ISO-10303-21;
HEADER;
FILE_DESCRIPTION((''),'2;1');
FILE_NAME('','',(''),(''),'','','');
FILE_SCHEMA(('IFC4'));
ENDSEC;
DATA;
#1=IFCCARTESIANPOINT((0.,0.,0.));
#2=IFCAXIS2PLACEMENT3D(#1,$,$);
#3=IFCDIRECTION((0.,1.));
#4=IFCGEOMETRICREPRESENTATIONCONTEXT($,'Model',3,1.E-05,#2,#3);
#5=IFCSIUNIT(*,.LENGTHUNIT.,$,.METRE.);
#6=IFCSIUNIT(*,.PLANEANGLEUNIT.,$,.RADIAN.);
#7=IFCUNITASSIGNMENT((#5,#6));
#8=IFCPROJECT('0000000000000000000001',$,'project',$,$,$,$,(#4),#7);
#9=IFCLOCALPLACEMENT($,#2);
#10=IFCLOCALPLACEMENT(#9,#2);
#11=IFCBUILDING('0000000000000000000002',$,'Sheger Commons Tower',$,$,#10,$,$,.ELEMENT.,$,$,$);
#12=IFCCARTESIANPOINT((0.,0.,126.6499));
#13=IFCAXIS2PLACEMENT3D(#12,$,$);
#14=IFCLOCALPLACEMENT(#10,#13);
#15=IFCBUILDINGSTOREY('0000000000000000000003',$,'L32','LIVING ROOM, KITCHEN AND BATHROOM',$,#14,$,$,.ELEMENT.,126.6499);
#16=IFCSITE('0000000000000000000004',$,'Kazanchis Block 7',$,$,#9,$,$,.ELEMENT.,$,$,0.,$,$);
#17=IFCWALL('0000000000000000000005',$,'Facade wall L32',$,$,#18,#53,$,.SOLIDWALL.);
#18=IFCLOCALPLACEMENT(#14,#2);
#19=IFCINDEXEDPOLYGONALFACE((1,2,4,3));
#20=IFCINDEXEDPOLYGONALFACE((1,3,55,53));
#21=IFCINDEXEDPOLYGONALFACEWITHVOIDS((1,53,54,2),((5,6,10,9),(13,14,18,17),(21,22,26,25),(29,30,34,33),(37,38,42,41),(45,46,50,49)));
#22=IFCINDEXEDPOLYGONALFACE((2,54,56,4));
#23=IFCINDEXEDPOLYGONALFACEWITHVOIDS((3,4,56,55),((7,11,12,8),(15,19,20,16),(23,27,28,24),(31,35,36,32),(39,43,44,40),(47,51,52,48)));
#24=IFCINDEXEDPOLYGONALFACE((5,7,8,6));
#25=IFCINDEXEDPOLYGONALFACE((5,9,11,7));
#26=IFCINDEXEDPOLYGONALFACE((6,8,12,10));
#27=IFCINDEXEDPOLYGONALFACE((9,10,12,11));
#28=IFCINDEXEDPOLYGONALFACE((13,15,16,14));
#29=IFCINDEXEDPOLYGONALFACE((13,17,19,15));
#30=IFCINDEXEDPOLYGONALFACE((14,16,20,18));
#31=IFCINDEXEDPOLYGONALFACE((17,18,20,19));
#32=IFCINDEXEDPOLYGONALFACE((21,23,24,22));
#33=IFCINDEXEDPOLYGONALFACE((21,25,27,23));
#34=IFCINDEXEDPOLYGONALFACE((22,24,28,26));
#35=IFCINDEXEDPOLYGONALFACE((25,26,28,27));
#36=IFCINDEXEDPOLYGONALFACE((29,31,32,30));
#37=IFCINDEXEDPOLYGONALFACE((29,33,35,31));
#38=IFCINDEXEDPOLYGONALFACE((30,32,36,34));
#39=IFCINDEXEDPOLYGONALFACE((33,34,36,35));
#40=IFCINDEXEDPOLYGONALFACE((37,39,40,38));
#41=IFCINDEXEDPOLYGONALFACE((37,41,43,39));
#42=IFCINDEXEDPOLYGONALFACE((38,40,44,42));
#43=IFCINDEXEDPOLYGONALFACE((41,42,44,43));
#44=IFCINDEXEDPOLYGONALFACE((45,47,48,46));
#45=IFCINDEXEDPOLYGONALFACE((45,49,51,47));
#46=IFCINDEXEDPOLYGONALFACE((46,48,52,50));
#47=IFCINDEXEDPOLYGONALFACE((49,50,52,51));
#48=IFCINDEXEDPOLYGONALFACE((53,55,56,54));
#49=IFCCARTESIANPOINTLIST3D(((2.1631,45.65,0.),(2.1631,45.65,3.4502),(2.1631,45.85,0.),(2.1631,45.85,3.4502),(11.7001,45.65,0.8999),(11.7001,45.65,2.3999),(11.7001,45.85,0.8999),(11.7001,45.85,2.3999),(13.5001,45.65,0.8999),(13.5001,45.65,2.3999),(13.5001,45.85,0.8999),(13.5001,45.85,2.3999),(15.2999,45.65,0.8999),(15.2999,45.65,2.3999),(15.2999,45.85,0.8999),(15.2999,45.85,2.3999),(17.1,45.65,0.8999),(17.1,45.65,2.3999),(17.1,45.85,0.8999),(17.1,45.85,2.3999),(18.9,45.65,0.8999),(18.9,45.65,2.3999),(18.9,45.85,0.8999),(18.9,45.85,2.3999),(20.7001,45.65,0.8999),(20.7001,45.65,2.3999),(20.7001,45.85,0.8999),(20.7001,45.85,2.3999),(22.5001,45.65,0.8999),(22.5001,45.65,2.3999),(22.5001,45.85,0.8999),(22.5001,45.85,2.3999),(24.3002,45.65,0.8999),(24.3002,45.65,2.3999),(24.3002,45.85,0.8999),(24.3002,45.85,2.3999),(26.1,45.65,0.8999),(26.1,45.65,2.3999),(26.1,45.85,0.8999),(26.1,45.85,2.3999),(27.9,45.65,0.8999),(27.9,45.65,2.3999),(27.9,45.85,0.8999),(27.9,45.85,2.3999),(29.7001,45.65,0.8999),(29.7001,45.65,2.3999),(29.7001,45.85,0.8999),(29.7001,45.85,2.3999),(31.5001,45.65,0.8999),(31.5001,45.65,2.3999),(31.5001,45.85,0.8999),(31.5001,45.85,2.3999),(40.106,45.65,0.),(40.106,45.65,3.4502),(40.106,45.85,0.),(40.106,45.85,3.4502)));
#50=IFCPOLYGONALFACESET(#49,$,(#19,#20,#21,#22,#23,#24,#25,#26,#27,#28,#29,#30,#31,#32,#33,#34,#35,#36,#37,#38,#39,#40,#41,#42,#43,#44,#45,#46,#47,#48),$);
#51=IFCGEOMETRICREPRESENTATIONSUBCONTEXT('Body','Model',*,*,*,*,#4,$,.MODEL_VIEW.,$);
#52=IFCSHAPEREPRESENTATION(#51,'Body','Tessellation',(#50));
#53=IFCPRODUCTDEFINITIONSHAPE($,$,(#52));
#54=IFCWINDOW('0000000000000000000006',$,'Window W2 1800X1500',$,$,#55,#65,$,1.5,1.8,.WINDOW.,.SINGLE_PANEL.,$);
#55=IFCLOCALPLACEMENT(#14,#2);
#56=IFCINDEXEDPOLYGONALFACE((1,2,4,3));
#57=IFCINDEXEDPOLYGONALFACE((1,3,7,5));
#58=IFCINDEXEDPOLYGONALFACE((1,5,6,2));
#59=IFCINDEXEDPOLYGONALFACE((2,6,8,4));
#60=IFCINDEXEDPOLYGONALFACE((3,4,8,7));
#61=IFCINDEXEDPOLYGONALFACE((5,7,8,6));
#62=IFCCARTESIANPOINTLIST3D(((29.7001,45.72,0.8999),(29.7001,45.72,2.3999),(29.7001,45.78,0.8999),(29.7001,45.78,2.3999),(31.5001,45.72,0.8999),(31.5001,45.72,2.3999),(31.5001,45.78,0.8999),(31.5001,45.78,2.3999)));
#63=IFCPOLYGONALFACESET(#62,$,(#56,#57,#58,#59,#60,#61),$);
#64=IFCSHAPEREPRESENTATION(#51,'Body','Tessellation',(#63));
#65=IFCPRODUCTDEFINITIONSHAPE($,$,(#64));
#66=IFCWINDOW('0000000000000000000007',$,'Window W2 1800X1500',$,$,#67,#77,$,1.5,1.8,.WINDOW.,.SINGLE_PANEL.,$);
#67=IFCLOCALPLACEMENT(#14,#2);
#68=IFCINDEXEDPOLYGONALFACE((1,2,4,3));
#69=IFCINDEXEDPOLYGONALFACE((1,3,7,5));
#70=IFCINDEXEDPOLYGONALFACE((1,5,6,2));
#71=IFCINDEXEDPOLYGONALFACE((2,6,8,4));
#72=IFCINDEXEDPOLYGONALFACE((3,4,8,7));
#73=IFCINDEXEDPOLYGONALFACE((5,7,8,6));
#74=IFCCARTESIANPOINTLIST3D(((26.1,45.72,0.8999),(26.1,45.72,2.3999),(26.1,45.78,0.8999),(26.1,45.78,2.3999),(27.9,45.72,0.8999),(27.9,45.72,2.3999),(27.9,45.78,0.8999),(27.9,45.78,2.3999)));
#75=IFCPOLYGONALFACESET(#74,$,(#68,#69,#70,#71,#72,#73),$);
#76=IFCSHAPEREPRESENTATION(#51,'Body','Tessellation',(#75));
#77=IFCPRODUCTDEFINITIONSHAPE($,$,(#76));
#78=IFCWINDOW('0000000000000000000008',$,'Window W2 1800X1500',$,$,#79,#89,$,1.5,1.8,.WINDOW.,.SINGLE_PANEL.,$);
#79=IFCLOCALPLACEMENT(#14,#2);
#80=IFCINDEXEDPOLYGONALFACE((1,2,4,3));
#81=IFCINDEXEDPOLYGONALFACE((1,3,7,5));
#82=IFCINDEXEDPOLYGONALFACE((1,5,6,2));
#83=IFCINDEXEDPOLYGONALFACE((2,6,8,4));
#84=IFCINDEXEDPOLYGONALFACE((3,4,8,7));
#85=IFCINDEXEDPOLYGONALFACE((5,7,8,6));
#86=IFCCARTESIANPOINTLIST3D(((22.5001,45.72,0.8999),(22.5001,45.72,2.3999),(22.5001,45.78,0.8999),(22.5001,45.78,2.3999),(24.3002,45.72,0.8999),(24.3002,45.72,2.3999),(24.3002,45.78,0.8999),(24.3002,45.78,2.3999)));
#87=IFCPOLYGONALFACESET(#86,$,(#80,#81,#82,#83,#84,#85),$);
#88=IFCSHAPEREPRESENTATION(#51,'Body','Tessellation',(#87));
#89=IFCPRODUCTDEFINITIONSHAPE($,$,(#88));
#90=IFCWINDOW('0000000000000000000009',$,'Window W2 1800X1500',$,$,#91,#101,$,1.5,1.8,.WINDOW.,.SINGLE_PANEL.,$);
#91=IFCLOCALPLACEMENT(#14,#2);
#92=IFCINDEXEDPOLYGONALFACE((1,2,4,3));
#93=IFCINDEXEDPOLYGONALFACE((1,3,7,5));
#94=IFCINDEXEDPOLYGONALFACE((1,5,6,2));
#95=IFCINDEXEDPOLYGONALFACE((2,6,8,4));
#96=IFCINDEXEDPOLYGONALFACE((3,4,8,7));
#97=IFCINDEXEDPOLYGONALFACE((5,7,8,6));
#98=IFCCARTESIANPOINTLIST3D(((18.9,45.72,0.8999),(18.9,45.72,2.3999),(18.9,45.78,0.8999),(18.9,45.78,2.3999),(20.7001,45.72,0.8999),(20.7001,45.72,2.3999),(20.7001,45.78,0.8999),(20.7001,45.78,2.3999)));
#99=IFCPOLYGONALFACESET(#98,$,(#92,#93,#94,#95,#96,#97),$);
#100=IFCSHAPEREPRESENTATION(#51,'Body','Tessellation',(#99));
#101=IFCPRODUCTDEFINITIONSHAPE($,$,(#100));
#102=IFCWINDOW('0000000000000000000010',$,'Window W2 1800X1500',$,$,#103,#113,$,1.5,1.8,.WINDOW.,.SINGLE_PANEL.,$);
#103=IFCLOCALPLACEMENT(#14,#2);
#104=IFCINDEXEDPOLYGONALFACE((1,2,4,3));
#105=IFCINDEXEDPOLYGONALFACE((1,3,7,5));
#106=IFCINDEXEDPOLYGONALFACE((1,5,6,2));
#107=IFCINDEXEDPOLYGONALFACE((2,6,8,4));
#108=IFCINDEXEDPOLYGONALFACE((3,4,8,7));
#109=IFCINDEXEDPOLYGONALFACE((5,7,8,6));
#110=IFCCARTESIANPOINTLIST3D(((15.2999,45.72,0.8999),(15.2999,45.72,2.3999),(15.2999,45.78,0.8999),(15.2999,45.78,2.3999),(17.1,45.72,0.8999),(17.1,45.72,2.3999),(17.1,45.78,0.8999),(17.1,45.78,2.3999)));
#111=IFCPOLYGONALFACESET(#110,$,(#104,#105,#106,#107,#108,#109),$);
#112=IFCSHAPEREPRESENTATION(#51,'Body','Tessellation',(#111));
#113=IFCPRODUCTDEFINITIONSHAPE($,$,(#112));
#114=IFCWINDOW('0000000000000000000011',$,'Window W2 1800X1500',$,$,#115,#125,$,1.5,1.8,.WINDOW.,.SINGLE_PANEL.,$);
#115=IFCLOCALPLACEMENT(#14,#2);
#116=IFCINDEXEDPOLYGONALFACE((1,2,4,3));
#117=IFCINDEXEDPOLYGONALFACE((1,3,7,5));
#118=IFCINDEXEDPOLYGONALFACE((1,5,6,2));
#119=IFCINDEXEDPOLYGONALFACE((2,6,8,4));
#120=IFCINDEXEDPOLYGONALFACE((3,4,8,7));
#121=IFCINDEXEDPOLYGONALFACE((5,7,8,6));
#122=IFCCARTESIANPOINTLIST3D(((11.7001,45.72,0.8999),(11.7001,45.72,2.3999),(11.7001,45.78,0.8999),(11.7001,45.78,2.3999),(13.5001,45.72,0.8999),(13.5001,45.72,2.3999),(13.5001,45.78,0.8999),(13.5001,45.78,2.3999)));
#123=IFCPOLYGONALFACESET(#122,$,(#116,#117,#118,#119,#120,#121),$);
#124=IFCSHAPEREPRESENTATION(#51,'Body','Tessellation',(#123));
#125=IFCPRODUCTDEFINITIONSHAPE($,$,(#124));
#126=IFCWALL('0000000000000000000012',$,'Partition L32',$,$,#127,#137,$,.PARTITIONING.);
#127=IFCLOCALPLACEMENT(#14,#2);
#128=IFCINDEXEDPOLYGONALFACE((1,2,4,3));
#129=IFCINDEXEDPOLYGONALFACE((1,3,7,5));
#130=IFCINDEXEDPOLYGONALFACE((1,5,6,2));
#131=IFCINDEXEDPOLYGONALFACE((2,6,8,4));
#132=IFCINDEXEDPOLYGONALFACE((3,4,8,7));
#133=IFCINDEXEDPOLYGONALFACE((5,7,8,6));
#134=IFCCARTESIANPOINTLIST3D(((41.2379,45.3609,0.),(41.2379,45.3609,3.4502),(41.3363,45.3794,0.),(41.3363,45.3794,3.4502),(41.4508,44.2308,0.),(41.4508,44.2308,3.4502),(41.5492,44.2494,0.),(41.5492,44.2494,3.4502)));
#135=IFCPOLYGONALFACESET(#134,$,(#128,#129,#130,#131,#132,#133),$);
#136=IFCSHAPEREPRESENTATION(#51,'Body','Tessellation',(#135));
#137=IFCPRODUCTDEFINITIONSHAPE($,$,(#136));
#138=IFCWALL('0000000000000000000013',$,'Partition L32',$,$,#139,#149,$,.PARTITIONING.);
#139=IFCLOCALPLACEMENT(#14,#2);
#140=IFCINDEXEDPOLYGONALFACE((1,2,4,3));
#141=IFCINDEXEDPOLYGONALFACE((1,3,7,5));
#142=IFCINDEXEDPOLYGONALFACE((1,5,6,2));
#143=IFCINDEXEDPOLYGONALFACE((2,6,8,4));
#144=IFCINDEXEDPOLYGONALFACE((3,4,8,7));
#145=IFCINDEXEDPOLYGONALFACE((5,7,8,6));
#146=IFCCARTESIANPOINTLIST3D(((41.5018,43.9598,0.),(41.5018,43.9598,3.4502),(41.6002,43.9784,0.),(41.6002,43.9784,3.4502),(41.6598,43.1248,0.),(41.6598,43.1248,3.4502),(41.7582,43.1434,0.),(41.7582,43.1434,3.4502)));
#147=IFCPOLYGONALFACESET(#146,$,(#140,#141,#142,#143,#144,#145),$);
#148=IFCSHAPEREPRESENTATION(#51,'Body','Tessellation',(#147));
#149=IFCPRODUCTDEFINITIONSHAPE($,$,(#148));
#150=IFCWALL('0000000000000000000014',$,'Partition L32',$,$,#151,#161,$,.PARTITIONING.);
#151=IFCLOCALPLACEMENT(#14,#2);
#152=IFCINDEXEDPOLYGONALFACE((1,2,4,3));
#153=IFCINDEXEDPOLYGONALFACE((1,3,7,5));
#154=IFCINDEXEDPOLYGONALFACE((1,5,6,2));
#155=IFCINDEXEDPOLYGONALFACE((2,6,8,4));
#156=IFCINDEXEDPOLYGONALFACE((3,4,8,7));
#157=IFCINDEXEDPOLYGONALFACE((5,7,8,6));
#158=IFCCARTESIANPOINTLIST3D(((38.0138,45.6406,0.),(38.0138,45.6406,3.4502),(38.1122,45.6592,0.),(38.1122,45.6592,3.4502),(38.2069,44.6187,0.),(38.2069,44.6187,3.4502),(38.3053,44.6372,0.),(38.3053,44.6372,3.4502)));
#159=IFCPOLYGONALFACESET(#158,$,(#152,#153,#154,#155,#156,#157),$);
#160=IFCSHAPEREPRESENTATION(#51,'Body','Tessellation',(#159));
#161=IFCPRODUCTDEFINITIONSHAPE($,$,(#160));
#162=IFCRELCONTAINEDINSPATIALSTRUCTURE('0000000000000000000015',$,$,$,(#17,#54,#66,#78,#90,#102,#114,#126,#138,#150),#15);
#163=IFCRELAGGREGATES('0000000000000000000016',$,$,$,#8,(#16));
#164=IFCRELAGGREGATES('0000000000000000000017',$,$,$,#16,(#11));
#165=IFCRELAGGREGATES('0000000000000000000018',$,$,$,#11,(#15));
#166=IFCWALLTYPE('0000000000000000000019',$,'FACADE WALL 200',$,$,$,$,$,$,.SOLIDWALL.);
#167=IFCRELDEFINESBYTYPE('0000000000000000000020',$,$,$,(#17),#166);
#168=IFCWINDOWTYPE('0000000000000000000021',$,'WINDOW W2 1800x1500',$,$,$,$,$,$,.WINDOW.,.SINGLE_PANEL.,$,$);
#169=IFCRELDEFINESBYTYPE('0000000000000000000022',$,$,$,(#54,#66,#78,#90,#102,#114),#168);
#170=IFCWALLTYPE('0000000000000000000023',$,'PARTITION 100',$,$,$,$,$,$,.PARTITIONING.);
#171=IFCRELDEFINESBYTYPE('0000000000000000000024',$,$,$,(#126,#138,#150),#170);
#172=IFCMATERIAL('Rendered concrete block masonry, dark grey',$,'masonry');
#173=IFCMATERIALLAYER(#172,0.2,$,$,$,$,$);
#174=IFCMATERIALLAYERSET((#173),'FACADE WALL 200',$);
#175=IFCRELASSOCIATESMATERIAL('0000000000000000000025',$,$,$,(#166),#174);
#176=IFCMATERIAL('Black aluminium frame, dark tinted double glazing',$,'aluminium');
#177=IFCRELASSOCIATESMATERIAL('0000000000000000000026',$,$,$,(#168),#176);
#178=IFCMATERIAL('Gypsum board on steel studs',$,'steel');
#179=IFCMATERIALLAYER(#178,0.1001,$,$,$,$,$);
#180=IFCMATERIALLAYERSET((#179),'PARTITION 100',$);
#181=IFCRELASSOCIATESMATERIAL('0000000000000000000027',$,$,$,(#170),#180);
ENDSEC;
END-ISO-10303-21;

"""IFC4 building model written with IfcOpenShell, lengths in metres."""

from ifc_helpers import new_model, si_unit, direction, frame, frame_2d, origin, place, context, subcontext, project, spatial, rectangle, extrude, material, layer, layer_set, type_object, element, fill, save


model = new_model("IFC4")

# Units and contexts
model_context = context("Model", 3, precision=1e-05, world=origin(), true_north=direction((0.0, 1.0)))
body_context = subcontext(model_context, "Body", "Model", "MODEL_VIEW")
ifc_project = project(units=[si_unit("LENGTHUNIT", "METRE"), si_unit("PLANEANGLEUNIT", "RADIAN")], contexts=[model_context])

# Site, building, storey
site_placement = place(None, origin())
site = spatial("IfcSite", under=ifc_project, at=site_placement, Name="Kazanchis Block 7", CompositionType="ELEMENT", RefElevation=0.0)
building_placement = place(site_placement, origin())
building = spatial("IfcBuilding", under=site, at=building_placement, Name="Sheger Commons Tower", CompositionType="ELEMENT")
storey_placement = place(building_placement, frame((0.0, 0.0, 126.6499)))
storey = spatial("IfcBuildingStorey", under=building, at=storey_placement, Name="L32", Description="LIVING ROOM, KITCHEN AND BATHROOM", CompositionType="ELEMENT", Elevation=126.6499)

# Shared definitions
ifc_material_1 = material(Name="Rendered concrete block masonry, dark grey", Category="masonry")
ifc_layer_1 = layer(ifc_material_1, 0.2)
ifc_layer_set_1 = layer_set([ifc_layer_1], Name="FACADE WALL 200")
wall_type_1 = type_object("IfcWallType", Name="FACADE WALL 200", PredefinedType="SOLIDWALL", material=ifc_layer_set_1)

# Wall, openings, windows
wall_1_placement = place(storey_placement, frame((40.106, 45.75, 0.0), z_axis=(0.0, 0.0, 1.0), x_axis=(-1.0, 0.0, 0.0)))
wall_1 = element("IfcWall", 1, at=wall_1_placement, inside=storey, type_object=wall_type_1, Name="Facade wall L32", PredefinedType="SOLIDWALL", context=body_context, shape_type="SweptSolid", body=[
    extrude(rectangle(XDim=37.9429, YDim=0.2, at=frame_2d((18.9714, 0.0))), origin(), (0.0, 0.0, 1.0), 3.4502),
])
opening_1_placement = place(wall_1_placement, frame((8.606, 0.0, 0.8999)))
opening_1 = element("IfcOpeningElement", 2, at=opening_1_placement, cuts=wall_1, PredefinedType="OPENING", context=body_context, shape_type="SweptSolid", body=[
    extrude(rectangle(XDim=1.8, YDim=1.5, at=frame_2d((0.8999, 0.75))), frame((0.0, 0.1099, 0.0), z_axis=(0.0, -1.0, 0.0), x_axis=(1.0, 0.0, 0.0)), (0.0, 0.0, 1.0), 0.22),
])
opening_2_placement = place(wall_1_placement, frame((12.2061, 0.0, 0.8999)))
opening_2 = element("IfcOpeningElement", 3, at=opening_2_placement, cuts=wall_1, PredefinedType="OPENING", context=body_context, shape_type="SweptSolid", body=[
    extrude(rectangle(XDim=1.8, YDim=1.5, at=frame_2d((0.8999, 0.75))), frame((0.0, 0.1099, 0.0), z_axis=(0.0, -1.0, 0.0), x_axis=(1.0, 0.0, 0.0)), (0.0, 0.0, 1.0), 0.22),
])
opening_3_placement = place(wall_1_placement, frame((15.8059, 0.0, 0.8999)))
opening_3 = element("IfcOpeningElement", 4, at=opening_3_placement, cuts=wall_1, PredefinedType="OPENING", context=body_context, shape_type="SweptSolid", body=[
    extrude(rectangle(XDim=1.8, YDim=1.5, at=frame_2d((0.8999, 0.75))), frame((0.0, 0.1099, 0.0), z_axis=(0.0, -1.0, 0.0), x_axis=(1.0, 0.0, 0.0)), (0.0, 0.0, 1.0), 0.22),
])
opening_4_placement = place(wall_1_placement, frame((19.406, 0.0, 0.8999)))
opening_4 = element("IfcOpeningElement", 5, at=opening_4_placement, cuts=wall_1, PredefinedType="OPENING", context=body_context, shape_type="SweptSolid", body=[
    extrude(rectangle(XDim=1.8, YDim=1.5, at=frame_2d((0.8999, 0.75))), frame((0.0, 0.1099, 0.0), z_axis=(0.0, -1.0, 0.0), x_axis=(1.0, 0.0, 0.0)), (0.0, 0.0, 1.0), 0.22),
])
opening_5_placement = place(wall_1_placement, frame((23.0061, 0.0, 0.8999)))
opening_5 = element("IfcOpeningElement", 6, at=opening_5_placement, cuts=wall_1, PredefinedType="OPENING", context=body_context, shape_type="SweptSolid", body=[
    extrude(rectangle(XDim=1.8, YDim=1.5, at=frame_2d((0.8999, 0.75))), frame((0.0, 0.1099, 0.0), z_axis=(0.0, -1.0, 0.0), x_axis=(1.0, 0.0, 0.0)), (0.0, 0.0, 1.0), 0.22),
])
opening_6_placement = place(wall_1_placement, frame((26.606, 0.0, 0.8999)))
opening_6 = element("IfcOpeningElement", 7, at=opening_6_placement, cuts=wall_1, PredefinedType="OPENING", context=body_context, shape_type="SweptSolid", body=[
    extrude(rectangle(XDim=1.8, YDim=1.5, at=frame_2d((0.8999, 0.75))), frame((0.0, 0.1099, 0.0), z_axis=(0.0, -1.0, 0.0), x_axis=(1.0, 0.0, 0.0)), (0.0, 0.0, 1.0), 0.22),
])
ifc_material_2 = material(Name="Black aluminium frame, dark tinted double glazing", Category="aluminium")
window_type = type_object("IfcWindowType", Name="WINDOW W2 1800x1500", PartitioningType="SINGLE_PANEL", PredefinedType="WINDOW", material=ifc_material_2)
window_1_placement = place(opening_1_placement, origin())
window_1 = element("IfcWindow", 8, at=window_1_placement, inside=storey, type_object=window_type, Name="Window W2 1800X1500", OverallHeight=1.5, OverallWidth=1.8, PartitioningType="SINGLE_PANEL", PredefinedType="WINDOW", context=body_context, shape_type="SweptSolid", body=[
    extrude(rectangle(XDim=1.8, YDim=1.5, at=frame_2d((0.8999, 0.75))), frame((0.0, 0.03, 0.0), z_axis=(0.0, -1.0, 0.0), x_axis=(1.0, 0.0, 0.0)), (0.0, 0.0, 1.0), 0.0601),
])
fill(opening_1, window_1)
window_2_placement = place(opening_2_placement, origin())
window_2 = element("IfcWindow", 9, at=window_2_placement, inside=storey, type_object=window_type, Name="Window W2 1800X1500", OverallHeight=1.5, OverallWidth=1.8, PartitioningType="SINGLE_PANEL", PredefinedType="WINDOW", context=body_context, shape_type="SweptSolid", body=[
    extrude(rectangle(XDim=1.8, YDim=1.5, at=frame_2d((0.8999, 0.75))), frame((0.0, 0.03, 0.0), z_axis=(0.0, -1.0, 0.0), x_axis=(1.0, 0.0, 0.0)), (0.0, 0.0, 1.0), 0.0601),
])
fill(opening_2, window_2)
window_3_placement = place(opening_3_placement, origin())
window_3 = element("IfcWindow", 10, at=window_3_placement, inside=storey, type_object=window_type, Name="Window W2 1800X1500", OverallHeight=1.5, OverallWidth=1.8, PartitioningType="SINGLE_PANEL", PredefinedType="WINDOW", context=body_context, shape_type="SweptSolid", body=[
    extrude(rectangle(XDim=1.8, YDim=1.5, at=frame_2d((0.8999, 0.75))), frame((0.0, 0.03, 0.0), z_axis=(0.0, -1.0, 0.0), x_axis=(1.0, 0.0, 0.0)), (0.0, 0.0, 1.0), 0.0601),
])
fill(opening_3, window_3)
window_4_placement = place(opening_4_placement, origin())
window_4 = element("IfcWindow", 11, at=window_4_placement, inside=storey, type_object=window_type, Name="Window W2 1800X1500", OverallHeight=1.5, OverallWidth=1.8, PartitioningType="SINGLE_PANEL", PredefinedType="WINDOW", context=body_context, shape_type="SweptSolid", body=[
    extrude(rectangle(XDim=1.8, YDim=1.5, at=frame_2d((0.8999, 0.75))), frame((0.0, 0.03, 0.0), z_axis=(0.0, -1.0, 0.0), x_axis=(1.0, 0.0, 0.0)), (0.0, 0.0, 1.0), 0.0601),
])
fill(opening_4, window_4)
window_5_placement = place(opening_5_placement, origin())
window_5 = element("IfcWindow", 12, at=window_5_placement, inside=storey, type_object=window_type, Name="Window W2 1800X1500", OverallHeight=1.5, OverallWidth=1.8, PartitioningType="SINGLE_PANEL", PredefinedType="WINDOW", context=body_context, shape_type="SweptSolid", body=[
    extrude(rectangle(XDim=1.8, YDim=1.5, at=frame_2d((0.8999, 0.75))), frame((0.0, 0.03, 0.0), z_axis=(0.0, -1.0, 0.0), x_axis=(1.0, 0.0, 0.0)), (0.0, 0.0, 1.0), 0.0601),
])
fill(opening_5, window_5)
window_6_placement = place(opening_6_placement, origin())
window_6 = element("IfcWindow", 13, at=window_6_placement, inside=storey, type_object=window_type, Name="Window W2 1800X1500", OverallHeight=1.5, OverallWidth=1.8, PartitioningType="SINGLE_PANEL", PredefinedType="WINDOW", context=body_context, shape_type="SweptSolid", body=[
    extrude(rectangle(XDim=1.8, YDim=1.5, at=frame_2d((0.8999, 0.75))), frame((0.0, 0.03, 0.0), z_axis=(0.0, -1.0, 0.0), x_axis=(1.0, 0.0, 0.0)), (0.0, 0.0, 1.0), 0.0601),
])
fill(opening_6, window_6)

# Walls
ifc_material_3 = material(Name="Gypsum board on steel studs", Category="steel")
ifc_layer_2 = layer(ifc_material_3, 0.1001)
ifc_layer_set_2 = layer_set([ifc_layer_2], Name="PARTITION 100")
wall_type_2 = type_object("IfcWallType", Name="PARTITION 100", PredefinedType="PARTITIONING", material=ifc_layer_set_2)
wall_2_placement = place(storey_placement, frame((41.2871, 45.3701, 0.0), z_axis=(0.0, 0.0, 1.0), x_axis=(0.185122, -0.982716, 0.0)))
element("IfcWall", 14, at=wall_2_placement, inside=storey, type_object=wall_type_2, Name="Partition L32", PredefinedType="PARTITIONING", context=body_context, shape_type="SweptSolid", body=[
    extrude(rectangle(XDim=1.1499, YDim=0.1001, at=frame_2d((0.575, 0.0))), origin(), (0.0, 0.0, 1.0), 3.4502),
])
wall_3_placement = place(storey_placement, frame((41.551, 43.969, 0.0), z_axis=(0.0, 0.0, 1.0), x_axis=(0.185884, -0.982572, 0.0)))
element("IfcWall", 15, at=wall_3_placement, inside=storey, type_object=wall_type_2, Name="Partition L32", PredefinedType="PARTITIONING", context=body_context, shape_type="SweptSolid", body=[
    extrude(rectangle(XDim=0.8499, YDim=0.1001, at=frame_2d((0.4248, 0.0))), origin(), (0.0, 0.0, 1.0), 3.4502),
])
wall_4_placement = place(storey_placement, frame((38.063, 45.6499, 0.0), z_axis=(0.0, 0.0, 1.0), x_axis=(0.185677, -0.982611, 0.0)))
element("IfcWall", 16, at=wall_4_placement, inside=storey, type_object=wall_type_2, Name="Partition L32", PredefinedType="PARTITIONING", context=body_context, shape_type="SweptSolid", body=[
    extrude(rectangle(XDim=1.04, YDim=0.1001, at=frame_2d((0.52, 0.0))), origin(), (0.0, 0.0, 1.0), 3.4502),
])

save(model, "model.ifc")
